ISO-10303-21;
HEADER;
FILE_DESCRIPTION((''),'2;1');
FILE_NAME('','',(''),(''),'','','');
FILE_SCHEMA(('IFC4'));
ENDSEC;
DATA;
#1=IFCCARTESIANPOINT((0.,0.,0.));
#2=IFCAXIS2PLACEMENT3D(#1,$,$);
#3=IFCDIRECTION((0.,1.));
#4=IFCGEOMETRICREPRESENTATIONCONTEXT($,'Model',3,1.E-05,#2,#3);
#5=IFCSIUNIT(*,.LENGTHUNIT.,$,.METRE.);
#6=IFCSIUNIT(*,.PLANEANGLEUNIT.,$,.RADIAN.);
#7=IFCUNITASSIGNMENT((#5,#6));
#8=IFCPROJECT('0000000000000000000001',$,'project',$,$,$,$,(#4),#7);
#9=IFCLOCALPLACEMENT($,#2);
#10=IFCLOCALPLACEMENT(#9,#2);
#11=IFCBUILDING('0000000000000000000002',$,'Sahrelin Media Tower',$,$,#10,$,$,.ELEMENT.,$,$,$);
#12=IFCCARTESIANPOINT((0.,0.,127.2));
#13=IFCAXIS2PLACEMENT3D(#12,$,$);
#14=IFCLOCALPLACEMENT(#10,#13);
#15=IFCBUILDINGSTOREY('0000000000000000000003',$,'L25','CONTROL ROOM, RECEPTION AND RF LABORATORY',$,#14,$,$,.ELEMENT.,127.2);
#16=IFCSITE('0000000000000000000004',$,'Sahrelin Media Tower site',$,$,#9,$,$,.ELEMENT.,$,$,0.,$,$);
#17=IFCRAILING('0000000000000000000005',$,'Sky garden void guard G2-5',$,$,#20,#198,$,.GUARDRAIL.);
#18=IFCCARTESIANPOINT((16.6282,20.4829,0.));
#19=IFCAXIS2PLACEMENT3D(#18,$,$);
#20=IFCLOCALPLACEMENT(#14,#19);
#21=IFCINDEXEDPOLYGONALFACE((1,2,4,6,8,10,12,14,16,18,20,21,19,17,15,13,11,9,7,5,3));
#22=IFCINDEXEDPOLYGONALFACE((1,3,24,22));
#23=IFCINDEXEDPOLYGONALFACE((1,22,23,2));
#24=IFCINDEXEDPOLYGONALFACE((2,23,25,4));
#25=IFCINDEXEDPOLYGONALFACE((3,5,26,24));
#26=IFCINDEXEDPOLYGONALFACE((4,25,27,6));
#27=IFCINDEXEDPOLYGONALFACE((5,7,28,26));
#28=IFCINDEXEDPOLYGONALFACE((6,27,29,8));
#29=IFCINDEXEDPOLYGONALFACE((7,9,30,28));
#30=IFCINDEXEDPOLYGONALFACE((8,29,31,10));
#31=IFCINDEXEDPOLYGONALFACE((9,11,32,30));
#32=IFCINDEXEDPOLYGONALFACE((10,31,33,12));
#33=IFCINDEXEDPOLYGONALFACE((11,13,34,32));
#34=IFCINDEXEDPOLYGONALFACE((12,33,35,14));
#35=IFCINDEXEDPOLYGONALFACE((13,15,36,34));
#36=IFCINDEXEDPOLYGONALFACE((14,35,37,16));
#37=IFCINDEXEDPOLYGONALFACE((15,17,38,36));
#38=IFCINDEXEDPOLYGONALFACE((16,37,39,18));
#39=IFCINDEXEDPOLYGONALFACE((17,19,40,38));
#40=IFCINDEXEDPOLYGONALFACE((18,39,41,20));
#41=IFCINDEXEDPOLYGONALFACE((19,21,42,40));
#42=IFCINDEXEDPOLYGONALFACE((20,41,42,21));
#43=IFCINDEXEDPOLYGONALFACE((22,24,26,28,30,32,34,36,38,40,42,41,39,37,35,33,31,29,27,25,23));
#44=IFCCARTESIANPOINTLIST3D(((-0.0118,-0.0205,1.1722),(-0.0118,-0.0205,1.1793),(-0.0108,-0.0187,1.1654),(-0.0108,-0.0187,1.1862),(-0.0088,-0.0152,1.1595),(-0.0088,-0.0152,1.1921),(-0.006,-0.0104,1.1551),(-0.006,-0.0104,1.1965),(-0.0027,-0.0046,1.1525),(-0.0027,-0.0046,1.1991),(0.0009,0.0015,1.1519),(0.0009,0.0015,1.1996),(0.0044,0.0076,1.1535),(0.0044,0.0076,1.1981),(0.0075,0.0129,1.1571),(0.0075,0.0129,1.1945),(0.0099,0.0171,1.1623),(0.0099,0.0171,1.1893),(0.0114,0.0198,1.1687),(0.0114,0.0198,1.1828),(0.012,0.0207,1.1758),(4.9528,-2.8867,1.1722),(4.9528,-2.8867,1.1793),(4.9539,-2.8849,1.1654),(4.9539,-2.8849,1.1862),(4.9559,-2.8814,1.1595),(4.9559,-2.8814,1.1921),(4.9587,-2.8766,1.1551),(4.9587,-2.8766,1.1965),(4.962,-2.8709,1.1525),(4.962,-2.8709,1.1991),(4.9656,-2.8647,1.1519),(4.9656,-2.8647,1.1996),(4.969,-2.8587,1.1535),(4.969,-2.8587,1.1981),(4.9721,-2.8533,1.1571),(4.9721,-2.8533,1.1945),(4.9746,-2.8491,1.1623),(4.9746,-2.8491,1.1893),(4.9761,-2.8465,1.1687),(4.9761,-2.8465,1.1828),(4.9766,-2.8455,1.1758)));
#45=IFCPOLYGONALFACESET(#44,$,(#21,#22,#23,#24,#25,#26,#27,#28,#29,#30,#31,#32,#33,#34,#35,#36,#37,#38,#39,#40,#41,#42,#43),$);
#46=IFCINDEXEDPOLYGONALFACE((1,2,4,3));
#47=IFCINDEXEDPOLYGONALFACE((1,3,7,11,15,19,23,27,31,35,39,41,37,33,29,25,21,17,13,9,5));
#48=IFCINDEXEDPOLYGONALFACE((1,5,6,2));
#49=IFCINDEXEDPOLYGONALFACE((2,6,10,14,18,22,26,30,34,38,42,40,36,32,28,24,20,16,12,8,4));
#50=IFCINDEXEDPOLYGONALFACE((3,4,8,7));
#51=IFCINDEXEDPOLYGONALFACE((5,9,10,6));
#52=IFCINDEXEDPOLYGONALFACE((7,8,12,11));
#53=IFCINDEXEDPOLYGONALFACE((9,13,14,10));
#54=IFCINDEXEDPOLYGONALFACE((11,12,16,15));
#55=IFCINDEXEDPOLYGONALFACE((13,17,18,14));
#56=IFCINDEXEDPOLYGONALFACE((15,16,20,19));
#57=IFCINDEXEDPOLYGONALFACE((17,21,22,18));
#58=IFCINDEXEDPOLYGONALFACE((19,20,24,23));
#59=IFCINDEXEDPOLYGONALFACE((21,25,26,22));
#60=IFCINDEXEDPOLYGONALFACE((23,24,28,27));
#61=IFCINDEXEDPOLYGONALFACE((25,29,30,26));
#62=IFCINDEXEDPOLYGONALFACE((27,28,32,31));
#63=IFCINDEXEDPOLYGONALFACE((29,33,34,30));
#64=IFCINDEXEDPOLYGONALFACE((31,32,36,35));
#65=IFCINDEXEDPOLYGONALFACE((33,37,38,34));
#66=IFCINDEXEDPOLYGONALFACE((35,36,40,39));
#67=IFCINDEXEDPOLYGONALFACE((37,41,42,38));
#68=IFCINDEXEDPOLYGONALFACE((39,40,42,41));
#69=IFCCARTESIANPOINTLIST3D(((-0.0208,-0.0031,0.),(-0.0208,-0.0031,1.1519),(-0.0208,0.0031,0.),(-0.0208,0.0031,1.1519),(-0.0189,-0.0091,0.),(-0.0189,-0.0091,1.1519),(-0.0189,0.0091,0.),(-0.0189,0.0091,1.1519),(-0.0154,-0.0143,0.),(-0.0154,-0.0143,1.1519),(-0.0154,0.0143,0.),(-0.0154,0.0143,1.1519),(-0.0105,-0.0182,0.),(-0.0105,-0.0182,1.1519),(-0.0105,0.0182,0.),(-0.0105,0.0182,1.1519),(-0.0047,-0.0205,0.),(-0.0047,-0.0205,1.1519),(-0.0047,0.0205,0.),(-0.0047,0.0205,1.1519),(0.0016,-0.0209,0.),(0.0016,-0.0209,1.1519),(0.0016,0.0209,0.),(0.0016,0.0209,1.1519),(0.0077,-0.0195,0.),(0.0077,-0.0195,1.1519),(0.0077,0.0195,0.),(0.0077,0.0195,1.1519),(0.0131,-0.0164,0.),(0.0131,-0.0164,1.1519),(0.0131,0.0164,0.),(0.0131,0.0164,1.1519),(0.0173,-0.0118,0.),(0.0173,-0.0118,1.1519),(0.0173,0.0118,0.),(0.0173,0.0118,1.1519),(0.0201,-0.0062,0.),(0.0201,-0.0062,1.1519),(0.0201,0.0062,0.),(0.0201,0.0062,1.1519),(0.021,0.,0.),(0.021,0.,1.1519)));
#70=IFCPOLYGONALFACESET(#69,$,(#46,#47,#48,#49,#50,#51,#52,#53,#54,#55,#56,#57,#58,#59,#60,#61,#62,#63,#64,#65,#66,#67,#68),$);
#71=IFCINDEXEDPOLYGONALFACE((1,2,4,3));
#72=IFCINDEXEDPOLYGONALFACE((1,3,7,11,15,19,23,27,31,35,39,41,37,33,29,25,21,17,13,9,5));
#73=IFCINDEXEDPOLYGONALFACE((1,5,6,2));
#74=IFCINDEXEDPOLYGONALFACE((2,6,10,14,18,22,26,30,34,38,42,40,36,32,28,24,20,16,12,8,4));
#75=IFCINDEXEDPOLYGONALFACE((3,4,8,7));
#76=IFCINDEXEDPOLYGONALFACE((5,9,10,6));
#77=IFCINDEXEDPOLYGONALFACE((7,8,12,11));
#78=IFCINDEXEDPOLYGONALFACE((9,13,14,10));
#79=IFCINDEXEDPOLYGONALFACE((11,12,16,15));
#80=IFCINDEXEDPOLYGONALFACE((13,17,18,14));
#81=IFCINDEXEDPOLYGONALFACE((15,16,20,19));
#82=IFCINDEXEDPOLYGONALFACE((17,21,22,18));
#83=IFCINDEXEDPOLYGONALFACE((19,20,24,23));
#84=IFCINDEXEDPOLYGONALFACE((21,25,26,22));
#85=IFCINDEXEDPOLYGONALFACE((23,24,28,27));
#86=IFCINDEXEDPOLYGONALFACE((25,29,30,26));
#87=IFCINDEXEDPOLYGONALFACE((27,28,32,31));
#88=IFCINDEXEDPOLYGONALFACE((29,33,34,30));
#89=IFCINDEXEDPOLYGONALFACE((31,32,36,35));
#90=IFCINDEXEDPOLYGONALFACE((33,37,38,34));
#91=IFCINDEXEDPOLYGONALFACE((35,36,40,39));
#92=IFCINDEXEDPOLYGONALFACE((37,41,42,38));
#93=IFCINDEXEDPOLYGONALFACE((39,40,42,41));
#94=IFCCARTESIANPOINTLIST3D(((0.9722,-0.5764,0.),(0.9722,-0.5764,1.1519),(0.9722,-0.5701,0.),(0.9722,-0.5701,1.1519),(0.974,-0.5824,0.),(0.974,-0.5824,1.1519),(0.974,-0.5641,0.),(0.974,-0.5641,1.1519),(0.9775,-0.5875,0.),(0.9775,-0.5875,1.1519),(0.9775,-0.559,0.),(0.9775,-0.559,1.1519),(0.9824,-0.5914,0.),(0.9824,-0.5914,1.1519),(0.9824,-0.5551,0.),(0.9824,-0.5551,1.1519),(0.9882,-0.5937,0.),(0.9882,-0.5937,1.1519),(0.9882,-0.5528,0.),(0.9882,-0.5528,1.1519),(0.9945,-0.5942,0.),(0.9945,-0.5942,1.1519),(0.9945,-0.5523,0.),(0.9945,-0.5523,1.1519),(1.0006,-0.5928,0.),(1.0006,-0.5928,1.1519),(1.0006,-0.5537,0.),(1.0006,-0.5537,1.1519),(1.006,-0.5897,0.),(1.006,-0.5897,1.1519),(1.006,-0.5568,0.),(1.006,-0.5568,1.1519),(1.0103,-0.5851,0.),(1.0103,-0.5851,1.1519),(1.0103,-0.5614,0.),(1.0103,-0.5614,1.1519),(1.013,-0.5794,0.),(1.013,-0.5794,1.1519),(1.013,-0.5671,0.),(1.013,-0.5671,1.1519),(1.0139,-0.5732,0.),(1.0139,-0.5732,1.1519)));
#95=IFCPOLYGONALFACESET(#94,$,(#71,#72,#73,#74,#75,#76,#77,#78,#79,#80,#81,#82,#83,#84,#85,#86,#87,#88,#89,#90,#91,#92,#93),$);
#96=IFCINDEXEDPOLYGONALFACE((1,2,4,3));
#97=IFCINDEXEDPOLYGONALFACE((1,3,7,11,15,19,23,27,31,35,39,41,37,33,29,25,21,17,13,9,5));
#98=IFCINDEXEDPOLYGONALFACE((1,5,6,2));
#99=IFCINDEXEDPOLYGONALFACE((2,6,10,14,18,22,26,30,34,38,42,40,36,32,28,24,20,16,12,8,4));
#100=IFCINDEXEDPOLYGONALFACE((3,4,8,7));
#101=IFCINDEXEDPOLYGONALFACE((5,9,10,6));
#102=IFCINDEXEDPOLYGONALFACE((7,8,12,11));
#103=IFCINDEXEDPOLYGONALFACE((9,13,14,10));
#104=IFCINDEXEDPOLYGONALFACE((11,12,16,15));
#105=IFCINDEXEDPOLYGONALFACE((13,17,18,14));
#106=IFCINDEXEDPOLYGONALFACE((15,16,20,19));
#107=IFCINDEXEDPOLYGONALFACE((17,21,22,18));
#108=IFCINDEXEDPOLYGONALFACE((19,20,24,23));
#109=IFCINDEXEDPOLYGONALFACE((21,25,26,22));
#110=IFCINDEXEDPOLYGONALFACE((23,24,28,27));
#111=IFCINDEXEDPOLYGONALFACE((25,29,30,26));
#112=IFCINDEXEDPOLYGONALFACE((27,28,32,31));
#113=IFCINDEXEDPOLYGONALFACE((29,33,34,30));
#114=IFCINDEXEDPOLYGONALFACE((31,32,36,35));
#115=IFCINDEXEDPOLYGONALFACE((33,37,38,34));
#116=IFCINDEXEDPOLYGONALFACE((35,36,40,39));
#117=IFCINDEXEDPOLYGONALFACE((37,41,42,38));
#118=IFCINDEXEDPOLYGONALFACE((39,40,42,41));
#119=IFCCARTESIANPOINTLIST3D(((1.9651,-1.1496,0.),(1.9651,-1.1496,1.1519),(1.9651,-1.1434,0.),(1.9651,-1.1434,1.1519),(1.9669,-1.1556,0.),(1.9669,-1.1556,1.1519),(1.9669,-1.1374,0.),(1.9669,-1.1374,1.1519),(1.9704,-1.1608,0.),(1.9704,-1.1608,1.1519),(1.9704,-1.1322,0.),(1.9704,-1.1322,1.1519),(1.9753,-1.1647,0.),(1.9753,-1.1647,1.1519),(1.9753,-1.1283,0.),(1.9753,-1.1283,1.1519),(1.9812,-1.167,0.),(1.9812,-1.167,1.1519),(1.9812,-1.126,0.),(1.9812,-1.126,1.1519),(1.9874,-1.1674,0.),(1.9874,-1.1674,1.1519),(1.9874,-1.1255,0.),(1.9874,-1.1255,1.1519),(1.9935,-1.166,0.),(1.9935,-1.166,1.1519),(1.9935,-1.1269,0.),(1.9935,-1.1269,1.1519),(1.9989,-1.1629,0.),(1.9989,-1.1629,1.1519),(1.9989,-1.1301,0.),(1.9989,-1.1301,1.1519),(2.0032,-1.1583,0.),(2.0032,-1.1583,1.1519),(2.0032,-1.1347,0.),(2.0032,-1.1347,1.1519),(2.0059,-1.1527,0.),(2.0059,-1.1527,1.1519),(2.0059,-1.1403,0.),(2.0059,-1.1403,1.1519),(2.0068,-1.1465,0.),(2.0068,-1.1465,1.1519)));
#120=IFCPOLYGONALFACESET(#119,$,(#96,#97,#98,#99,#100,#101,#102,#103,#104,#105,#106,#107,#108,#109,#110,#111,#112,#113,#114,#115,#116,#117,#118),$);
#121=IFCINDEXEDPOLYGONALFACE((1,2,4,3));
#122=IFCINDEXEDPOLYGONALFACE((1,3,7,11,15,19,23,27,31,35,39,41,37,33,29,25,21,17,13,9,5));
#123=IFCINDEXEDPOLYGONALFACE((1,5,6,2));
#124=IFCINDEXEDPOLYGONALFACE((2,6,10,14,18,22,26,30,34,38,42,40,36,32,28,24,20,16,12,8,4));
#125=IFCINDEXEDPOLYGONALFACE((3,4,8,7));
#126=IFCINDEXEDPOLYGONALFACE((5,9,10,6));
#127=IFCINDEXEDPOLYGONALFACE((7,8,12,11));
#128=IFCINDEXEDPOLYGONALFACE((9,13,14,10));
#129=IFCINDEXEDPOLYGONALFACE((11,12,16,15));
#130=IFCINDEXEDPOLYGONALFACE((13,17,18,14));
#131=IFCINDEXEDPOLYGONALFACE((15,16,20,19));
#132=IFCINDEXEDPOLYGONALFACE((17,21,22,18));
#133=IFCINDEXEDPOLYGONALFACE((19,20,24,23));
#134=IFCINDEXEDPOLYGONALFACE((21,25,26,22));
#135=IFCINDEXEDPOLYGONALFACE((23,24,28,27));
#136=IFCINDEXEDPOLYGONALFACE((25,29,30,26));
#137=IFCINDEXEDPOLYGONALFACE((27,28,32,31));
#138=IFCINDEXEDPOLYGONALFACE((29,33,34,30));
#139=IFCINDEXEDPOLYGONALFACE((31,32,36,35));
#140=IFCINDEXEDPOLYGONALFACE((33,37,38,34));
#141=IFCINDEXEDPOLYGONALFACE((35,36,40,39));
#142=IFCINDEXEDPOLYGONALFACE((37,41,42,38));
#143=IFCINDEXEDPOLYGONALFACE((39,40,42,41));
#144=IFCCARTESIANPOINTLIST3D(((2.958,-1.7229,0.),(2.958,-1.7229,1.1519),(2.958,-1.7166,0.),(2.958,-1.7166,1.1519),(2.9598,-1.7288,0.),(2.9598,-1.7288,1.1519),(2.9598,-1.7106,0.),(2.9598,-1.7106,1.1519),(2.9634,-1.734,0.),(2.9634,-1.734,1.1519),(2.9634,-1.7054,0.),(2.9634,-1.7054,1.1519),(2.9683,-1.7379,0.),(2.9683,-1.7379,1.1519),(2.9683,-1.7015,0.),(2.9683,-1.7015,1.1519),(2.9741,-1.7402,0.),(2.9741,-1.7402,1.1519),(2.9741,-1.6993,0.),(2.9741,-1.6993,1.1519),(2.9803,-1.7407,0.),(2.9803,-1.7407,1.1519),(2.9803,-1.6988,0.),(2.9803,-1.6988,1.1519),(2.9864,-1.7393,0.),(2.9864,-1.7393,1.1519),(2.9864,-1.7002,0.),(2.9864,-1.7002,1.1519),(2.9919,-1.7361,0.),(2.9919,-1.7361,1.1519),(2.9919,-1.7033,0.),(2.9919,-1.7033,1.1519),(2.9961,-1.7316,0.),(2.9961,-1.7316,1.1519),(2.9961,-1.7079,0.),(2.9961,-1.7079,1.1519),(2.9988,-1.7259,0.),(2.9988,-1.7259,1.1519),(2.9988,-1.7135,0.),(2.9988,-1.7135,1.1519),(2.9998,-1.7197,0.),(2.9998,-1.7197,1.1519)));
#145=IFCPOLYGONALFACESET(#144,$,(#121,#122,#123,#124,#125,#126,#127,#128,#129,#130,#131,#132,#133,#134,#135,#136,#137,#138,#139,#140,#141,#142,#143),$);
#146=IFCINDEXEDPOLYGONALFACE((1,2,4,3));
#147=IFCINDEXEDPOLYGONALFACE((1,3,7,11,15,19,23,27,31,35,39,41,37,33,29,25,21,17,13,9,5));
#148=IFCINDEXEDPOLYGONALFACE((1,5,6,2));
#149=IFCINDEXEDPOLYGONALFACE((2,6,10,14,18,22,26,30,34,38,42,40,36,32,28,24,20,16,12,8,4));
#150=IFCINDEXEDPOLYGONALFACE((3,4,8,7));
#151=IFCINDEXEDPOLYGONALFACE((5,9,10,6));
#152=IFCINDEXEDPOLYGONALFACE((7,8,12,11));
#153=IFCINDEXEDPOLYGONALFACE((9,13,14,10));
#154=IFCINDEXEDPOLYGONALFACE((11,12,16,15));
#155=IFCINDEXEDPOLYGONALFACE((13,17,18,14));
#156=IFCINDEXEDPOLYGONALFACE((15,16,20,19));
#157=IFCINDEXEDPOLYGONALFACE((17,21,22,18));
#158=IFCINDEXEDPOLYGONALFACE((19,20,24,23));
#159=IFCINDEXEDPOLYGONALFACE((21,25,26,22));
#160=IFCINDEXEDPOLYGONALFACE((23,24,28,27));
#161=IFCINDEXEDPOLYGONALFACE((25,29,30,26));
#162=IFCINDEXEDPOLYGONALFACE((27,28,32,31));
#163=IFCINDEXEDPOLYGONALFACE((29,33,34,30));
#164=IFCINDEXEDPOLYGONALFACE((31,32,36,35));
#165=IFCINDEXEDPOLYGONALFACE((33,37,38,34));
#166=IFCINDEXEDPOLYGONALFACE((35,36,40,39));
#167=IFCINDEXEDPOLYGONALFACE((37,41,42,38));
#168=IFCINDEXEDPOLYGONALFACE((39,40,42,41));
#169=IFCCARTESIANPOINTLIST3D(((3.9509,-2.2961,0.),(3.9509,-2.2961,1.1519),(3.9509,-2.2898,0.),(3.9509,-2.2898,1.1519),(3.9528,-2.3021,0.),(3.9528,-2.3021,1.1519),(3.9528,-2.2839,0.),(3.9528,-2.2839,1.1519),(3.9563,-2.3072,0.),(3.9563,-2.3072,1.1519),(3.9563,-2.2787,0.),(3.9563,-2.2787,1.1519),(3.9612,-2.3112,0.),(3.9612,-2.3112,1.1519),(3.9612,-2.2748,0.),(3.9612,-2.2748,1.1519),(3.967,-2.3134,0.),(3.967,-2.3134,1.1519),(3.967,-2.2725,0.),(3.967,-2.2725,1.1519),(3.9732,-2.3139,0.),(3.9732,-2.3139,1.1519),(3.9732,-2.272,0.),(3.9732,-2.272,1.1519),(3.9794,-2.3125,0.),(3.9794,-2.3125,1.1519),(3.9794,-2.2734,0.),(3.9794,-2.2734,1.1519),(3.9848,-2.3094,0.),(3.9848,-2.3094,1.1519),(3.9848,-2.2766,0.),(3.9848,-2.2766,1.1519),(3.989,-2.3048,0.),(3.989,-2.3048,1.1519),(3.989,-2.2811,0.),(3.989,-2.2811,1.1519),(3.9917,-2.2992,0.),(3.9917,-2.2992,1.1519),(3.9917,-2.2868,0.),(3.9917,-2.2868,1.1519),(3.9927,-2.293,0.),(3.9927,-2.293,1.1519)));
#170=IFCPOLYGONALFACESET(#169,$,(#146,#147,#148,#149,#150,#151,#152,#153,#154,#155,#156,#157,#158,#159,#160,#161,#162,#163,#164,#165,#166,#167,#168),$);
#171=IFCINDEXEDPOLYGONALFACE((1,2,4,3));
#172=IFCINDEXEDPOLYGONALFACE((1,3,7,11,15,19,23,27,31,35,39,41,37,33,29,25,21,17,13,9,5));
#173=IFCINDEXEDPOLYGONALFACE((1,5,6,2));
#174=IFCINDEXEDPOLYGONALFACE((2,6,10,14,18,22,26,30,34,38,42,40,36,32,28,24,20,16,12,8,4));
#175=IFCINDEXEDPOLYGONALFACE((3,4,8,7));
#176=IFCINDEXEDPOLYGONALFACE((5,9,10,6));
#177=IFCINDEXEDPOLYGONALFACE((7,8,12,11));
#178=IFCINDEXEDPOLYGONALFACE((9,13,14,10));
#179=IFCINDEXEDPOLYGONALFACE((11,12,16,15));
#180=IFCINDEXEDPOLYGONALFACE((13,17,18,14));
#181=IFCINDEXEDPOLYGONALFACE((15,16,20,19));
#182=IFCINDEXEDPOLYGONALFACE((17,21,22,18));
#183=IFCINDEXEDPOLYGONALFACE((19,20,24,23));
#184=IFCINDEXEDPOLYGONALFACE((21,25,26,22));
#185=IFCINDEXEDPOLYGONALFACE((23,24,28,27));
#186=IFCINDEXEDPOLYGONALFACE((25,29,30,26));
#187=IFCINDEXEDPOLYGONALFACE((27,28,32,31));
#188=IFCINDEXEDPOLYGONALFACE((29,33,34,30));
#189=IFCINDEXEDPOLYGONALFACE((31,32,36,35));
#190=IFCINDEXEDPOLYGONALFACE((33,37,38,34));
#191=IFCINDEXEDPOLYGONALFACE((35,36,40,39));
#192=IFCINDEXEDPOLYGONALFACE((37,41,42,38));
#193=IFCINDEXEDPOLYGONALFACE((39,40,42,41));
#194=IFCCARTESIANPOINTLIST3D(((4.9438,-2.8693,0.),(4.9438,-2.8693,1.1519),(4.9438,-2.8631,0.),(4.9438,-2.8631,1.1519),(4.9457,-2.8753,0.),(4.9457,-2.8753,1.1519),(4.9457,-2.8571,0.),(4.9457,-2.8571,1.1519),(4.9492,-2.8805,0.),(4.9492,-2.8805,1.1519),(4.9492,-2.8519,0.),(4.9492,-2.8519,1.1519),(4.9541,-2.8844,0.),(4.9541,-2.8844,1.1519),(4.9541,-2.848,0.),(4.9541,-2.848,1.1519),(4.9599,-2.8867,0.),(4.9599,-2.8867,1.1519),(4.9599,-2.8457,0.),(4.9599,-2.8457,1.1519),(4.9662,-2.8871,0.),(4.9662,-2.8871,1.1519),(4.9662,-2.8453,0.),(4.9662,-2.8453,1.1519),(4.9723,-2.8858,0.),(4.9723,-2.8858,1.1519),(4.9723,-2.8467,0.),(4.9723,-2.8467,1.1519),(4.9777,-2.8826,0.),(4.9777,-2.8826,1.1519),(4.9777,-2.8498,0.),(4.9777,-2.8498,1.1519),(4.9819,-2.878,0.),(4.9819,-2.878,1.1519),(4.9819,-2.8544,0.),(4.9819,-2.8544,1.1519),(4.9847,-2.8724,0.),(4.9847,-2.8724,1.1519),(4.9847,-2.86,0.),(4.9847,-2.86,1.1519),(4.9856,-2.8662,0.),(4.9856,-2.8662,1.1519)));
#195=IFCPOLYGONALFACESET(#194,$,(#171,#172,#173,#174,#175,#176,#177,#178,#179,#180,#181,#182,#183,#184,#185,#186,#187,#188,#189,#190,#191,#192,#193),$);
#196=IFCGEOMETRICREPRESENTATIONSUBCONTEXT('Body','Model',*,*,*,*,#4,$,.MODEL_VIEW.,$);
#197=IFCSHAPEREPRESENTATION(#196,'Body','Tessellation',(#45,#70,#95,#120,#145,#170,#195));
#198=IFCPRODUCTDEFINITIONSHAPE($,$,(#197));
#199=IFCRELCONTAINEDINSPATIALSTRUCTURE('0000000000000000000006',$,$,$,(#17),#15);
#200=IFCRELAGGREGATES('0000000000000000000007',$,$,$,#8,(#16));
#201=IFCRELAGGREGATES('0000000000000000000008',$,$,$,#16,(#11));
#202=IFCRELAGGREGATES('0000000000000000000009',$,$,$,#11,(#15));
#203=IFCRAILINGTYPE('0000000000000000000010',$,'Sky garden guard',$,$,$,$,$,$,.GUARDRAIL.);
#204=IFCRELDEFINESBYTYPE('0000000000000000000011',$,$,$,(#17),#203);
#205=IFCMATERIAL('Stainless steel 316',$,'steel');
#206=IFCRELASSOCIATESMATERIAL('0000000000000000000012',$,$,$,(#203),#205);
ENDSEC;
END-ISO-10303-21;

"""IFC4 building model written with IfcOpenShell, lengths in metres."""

from ifc_helpers import new_model, si_unit, direction, frame, origin, origin_2d, place, context, subcontext, project, spatial, circle, extrude, material, type_object, element, save


model = new_model("IFC4")

# Units and contexts
model_context = context("Model", 3, precision=1e-05, world=origin(), true_north=direction((0.0, 1.0)))
body_context = subcontext(model_context, "Body", "Model", "MODEL_VIEW")
ifc_project = project(units=[si_unit("LENGTHUNIT", "METRE"), si_unit("PLANEANGLEUNIT", "RADIAN")], contexts=[model_context])

# Site, building, storey
site_placement = place(None, origin())
site = spatial("IfcSite", under=ifc_project, at=site_placement, Name="Sahrelin Media Tower site", CompositionType="ELEMENT", RefElevation=0.0)
building_placement = place(site_placement, origin())
building = spatial("IfcBuilding", under=site, at=building_placement, Name="Sahrelin Media Tower", CompositionType="ELEMENT")
storey_placement = place(building_placement, frame((0.0, 0.0, 127.2)))
storey = spatial("IfcBuildingStorey", under=building, at=storey_placement, Name="L25", Description="CONTROL ROOM, RECEPTION AND RF LABORATORY", CompositionType="ELEMENT", Elevation=127.2)

# Railing
ifc_material_1 = material(Name="Stainless steel 316", Category="steel")
railing_type = type_object("IfcRailingType", Name="Sky garden guard", PredefinedType="GUARDRAIL", material=ifc_material_1)
railing_1_placement = place(storey_placement, frame((16.6282, 20.4829, 0.0)))
element("IfcRailing", 1, at=railing_1_placement, inside=storey, type_object=railing_type, Name="Sky garden void guard G2-5", PredefinedType="GUARDRAIL", context=body_context, shape_type="SweptSolid", body=[
    extrude(circle(Radius=0.0239, at=origin_2d()), frame((0.0, 0.0, 1.1758), z_axis=(0.866033, -0.499987, 0.0), x_axis=(0.499987, 0.866033, 0.0)), (0.0, 0.0, 1.0), 5.7327),
    extrude(circle(Radius=0.021, at=origin_2d()), origin(), (0.0, 0.0, 1.0), 1.1519),
    extrude(circle(Radius=0.021, at=origin_2d()), frame((0.9929, -0.5732, 0.0)), (0.0, 0.0, 1.0), 1.1519),
    extrude(circle(Radius=0.021, at=origin_2d()), frame((1.9858, -1.1465, 0.0)), (0.0, 0.0, 1.0), 1.1519),
    extrude(circle(Radius=0.021, at=origin_2d()), frame((2.9788, -1.7197, 0.0)), (0.0, 0.0, 1.0), 1.1519),
    extrude(circle(Radius=0.021, at=origin_2d()), frame((3.9717, -2.293, 0.0)), (0.0, 0.0, 1.0), 1.1519),
    extrude(circle(Radius=0.021, at=origin_2d()), frame((4.9646, -2.8662, 0.0)), (0.0, 0.0, 1.0), 1.1519),
])

save(model, "model.ifc")
